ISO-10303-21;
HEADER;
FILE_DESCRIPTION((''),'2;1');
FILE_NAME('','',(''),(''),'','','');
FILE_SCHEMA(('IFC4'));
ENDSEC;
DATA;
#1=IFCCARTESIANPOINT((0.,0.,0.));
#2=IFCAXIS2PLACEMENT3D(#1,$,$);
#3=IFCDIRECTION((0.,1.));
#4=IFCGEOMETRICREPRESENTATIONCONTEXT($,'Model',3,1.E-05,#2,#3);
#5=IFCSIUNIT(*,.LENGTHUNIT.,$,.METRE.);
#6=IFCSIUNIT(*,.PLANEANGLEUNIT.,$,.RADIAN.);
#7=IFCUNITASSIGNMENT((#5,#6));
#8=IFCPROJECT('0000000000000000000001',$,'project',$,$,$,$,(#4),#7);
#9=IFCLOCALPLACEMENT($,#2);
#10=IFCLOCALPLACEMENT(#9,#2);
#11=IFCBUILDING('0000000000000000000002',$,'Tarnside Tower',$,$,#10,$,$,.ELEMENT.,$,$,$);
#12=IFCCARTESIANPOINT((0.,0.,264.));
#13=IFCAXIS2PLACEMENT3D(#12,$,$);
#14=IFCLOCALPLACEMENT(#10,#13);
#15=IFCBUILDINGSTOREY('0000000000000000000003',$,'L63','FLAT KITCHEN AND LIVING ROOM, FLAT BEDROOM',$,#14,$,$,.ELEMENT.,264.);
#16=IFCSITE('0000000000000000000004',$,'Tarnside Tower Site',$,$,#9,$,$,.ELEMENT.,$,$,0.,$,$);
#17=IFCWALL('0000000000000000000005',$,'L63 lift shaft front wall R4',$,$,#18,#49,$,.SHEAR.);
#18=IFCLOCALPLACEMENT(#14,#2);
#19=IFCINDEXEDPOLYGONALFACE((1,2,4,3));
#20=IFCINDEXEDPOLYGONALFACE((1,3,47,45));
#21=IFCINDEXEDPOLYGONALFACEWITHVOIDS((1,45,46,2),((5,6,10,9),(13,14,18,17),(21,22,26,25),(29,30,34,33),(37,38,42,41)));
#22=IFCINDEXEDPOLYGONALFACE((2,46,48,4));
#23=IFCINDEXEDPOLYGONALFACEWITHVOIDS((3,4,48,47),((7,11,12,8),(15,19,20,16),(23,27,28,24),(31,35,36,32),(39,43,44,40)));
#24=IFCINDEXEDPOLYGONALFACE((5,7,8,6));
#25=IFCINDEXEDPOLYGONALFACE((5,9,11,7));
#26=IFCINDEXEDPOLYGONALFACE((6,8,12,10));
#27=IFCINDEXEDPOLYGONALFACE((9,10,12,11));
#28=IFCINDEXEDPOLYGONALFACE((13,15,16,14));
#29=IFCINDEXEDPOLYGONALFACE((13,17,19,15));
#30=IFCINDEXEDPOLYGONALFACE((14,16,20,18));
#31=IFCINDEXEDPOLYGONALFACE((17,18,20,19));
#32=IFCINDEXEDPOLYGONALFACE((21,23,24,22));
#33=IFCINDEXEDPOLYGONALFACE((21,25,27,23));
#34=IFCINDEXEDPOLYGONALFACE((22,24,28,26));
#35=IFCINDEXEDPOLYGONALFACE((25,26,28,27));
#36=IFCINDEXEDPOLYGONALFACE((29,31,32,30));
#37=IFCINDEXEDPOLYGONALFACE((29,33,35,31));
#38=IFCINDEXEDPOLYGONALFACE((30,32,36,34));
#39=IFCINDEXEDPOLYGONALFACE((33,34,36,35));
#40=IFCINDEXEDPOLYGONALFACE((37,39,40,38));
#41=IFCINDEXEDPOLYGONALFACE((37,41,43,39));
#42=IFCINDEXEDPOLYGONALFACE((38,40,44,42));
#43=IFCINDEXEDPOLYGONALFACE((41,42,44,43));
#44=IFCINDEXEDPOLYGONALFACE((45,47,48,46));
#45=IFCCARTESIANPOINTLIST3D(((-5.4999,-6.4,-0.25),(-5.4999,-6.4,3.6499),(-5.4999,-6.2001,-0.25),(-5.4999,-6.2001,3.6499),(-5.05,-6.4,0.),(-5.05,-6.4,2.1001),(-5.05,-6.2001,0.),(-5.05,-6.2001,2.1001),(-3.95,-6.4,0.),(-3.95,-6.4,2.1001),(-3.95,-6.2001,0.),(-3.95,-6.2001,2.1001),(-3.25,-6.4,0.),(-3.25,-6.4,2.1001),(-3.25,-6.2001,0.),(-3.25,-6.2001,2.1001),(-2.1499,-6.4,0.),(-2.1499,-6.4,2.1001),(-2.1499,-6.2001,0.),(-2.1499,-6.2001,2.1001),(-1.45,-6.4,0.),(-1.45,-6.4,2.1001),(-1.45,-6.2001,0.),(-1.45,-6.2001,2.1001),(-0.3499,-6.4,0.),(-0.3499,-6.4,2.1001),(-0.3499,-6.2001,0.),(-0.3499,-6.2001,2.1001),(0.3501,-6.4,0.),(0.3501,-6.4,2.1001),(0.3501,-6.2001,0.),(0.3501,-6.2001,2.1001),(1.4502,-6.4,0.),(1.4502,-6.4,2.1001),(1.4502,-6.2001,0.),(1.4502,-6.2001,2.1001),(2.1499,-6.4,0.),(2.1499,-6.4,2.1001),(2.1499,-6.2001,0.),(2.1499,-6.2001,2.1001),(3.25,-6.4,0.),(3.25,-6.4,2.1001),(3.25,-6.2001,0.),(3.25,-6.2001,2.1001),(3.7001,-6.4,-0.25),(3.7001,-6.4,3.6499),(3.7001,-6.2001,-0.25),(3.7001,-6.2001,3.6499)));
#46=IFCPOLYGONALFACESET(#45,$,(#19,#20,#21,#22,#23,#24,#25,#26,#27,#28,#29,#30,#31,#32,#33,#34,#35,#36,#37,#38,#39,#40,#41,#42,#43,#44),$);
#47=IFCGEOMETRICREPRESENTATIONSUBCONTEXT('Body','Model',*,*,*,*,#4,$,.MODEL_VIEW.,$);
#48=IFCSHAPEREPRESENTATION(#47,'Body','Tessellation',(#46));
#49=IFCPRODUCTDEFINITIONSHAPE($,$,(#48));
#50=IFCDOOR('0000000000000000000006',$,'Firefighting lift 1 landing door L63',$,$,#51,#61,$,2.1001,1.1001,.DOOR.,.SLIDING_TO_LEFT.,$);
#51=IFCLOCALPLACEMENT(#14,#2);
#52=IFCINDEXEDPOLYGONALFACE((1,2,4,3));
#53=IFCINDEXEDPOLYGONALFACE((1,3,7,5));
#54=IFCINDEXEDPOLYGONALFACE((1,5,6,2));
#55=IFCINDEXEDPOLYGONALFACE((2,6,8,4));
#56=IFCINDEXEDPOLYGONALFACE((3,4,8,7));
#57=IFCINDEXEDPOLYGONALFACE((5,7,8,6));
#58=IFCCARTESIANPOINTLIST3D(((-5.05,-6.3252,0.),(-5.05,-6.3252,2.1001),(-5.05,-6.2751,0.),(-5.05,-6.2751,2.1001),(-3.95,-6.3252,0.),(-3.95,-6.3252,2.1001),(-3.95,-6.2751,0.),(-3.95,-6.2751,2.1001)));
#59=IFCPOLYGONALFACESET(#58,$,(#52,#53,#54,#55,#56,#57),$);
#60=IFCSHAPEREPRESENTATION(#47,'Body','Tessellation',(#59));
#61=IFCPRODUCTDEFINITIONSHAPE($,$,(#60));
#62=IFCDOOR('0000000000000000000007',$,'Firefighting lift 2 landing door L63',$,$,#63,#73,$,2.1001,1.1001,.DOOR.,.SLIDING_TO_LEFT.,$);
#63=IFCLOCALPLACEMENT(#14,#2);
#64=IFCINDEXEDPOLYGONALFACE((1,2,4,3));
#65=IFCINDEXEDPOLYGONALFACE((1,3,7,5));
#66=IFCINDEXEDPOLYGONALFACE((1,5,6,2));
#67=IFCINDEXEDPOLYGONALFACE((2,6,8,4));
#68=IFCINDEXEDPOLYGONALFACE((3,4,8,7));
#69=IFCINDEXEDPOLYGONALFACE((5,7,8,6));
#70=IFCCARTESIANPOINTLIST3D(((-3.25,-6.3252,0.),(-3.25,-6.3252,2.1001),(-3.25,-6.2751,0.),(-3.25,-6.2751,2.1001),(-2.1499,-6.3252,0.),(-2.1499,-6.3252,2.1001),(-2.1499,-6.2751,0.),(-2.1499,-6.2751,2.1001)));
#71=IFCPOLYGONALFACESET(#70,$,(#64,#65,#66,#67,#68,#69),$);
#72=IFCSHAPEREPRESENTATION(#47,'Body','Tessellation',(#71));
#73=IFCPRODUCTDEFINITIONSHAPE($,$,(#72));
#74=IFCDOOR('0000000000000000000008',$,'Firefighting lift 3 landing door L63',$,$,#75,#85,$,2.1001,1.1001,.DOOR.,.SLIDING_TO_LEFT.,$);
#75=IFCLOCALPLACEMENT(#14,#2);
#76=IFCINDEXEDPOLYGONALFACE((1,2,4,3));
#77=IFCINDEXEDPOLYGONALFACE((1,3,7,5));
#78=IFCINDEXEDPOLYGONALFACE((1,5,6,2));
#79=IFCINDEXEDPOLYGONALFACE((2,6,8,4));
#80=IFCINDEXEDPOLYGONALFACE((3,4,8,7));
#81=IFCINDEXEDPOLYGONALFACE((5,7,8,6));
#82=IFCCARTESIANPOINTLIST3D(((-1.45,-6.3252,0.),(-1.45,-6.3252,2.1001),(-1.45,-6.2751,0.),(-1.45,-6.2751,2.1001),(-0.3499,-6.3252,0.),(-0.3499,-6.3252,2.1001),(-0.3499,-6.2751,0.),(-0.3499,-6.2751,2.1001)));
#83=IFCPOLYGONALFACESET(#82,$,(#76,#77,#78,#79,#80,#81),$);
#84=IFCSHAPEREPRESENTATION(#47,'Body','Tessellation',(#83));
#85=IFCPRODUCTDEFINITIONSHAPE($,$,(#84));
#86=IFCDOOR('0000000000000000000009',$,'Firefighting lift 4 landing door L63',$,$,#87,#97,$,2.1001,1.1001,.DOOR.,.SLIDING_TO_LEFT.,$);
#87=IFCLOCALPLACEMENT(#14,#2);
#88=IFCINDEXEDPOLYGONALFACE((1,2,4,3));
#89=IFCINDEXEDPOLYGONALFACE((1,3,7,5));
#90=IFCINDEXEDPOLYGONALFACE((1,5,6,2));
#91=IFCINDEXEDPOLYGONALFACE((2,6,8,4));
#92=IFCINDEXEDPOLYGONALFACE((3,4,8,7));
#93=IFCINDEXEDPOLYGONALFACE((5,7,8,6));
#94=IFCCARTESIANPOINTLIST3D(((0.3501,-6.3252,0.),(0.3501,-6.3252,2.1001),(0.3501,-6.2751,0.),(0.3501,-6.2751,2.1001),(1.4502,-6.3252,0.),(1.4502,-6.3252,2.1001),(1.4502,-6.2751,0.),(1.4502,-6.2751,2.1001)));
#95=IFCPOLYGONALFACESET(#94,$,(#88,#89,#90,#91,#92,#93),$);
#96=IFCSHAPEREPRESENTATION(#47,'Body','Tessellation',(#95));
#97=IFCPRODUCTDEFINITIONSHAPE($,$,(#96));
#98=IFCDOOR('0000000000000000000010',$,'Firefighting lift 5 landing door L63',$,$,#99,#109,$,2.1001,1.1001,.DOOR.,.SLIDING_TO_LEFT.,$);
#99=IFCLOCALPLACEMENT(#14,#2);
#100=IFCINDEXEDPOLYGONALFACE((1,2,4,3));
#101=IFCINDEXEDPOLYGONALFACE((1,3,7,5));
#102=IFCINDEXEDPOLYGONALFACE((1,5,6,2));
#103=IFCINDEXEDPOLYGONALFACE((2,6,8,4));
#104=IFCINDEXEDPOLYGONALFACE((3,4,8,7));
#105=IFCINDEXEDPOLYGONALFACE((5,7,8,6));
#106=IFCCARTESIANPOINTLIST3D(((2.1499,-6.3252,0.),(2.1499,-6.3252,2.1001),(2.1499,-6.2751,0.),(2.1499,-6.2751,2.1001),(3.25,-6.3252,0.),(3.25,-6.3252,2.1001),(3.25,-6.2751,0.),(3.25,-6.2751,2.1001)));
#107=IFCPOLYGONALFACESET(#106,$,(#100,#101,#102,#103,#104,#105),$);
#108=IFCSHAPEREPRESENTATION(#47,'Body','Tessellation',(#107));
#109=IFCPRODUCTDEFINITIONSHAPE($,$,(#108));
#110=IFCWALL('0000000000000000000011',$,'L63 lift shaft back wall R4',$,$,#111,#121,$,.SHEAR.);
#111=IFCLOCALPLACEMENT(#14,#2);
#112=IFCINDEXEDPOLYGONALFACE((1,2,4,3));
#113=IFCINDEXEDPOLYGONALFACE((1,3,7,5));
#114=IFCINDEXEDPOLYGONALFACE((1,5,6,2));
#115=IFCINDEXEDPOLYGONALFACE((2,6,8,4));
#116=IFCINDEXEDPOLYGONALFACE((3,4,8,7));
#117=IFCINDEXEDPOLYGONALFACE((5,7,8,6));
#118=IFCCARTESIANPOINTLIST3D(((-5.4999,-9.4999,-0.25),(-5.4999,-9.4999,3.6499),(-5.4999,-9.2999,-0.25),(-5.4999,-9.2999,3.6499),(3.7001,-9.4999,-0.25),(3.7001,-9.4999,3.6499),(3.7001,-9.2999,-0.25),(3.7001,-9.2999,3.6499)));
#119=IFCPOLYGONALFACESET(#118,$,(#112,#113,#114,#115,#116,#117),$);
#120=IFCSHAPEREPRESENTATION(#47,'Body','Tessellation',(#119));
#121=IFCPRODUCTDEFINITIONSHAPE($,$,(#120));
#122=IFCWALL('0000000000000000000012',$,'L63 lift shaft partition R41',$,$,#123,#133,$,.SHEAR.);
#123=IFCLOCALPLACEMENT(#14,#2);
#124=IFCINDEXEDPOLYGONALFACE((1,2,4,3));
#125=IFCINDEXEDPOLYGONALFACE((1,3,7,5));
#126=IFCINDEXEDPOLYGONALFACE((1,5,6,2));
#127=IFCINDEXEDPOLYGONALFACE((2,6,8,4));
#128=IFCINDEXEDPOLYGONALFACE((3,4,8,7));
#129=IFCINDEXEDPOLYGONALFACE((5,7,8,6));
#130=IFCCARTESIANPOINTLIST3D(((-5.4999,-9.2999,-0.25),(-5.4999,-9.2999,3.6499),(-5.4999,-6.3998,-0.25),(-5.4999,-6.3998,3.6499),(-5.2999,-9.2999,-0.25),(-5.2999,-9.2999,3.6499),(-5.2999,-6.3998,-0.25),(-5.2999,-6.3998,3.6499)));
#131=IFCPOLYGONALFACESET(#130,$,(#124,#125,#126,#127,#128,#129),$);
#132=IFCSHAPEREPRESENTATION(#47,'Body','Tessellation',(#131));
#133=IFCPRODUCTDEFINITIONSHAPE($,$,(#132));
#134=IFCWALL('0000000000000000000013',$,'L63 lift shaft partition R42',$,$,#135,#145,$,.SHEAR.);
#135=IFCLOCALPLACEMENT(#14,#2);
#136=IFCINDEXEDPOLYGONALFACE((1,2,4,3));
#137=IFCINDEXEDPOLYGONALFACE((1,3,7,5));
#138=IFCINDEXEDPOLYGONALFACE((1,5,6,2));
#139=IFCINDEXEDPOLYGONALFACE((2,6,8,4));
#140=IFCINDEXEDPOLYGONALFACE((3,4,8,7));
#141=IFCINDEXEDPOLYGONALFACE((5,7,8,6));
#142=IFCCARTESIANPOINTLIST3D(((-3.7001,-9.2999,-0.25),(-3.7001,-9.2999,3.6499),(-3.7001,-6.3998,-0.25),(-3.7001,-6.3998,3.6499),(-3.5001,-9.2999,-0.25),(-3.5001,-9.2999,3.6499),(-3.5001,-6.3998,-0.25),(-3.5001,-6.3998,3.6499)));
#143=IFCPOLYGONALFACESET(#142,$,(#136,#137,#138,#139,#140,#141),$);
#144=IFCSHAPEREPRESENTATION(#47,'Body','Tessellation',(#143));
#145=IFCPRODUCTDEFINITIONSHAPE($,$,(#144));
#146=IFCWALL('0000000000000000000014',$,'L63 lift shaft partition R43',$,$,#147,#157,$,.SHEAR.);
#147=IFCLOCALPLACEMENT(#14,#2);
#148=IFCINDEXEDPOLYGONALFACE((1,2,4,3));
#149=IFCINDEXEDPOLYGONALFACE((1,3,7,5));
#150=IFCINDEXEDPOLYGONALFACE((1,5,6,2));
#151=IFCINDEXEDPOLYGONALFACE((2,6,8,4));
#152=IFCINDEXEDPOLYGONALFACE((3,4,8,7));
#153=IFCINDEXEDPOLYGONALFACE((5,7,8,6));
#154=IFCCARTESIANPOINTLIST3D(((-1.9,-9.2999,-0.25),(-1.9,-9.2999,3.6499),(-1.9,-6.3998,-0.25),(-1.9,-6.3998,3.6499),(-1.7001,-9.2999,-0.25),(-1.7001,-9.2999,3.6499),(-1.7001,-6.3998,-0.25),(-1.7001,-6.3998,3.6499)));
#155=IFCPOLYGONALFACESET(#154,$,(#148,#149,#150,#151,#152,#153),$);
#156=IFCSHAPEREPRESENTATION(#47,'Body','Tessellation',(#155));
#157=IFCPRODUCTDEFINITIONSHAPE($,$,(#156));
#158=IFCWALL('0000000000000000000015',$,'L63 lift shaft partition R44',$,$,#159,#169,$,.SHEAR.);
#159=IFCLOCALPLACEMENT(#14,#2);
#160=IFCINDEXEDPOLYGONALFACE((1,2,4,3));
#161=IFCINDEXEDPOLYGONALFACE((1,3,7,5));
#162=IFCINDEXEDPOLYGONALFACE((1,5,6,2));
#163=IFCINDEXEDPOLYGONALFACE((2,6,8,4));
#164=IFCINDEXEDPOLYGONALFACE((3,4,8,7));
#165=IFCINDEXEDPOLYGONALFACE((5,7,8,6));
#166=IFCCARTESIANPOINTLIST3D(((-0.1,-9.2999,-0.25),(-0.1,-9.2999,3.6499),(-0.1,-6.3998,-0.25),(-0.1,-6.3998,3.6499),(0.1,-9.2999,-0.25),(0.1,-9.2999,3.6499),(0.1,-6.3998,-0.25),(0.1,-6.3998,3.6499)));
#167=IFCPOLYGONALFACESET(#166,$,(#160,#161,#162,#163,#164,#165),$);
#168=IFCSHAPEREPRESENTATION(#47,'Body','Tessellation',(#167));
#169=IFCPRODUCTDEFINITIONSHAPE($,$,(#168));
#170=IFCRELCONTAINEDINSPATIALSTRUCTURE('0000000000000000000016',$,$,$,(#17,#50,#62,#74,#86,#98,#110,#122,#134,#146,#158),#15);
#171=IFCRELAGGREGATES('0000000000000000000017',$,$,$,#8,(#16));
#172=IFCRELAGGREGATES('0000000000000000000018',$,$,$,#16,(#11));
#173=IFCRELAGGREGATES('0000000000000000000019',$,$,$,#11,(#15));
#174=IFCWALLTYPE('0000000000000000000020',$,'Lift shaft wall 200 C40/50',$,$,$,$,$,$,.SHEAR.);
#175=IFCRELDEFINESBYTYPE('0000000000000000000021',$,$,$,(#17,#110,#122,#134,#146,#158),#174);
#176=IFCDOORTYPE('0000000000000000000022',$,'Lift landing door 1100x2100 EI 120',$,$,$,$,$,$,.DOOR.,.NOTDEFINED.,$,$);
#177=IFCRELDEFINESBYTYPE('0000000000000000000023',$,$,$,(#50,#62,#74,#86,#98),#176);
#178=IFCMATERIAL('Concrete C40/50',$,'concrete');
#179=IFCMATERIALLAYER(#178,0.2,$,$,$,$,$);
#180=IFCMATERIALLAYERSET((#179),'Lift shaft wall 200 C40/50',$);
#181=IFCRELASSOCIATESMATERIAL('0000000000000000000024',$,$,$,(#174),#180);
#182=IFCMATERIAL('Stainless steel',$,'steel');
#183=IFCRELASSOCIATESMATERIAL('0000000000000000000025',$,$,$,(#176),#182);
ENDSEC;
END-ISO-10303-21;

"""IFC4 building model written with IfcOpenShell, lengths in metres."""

from ifc_helpers import new_model, si_unit, direction, frame, frame_2d, origin, place, context, subcontext, project, spatial, rectangle, extrude, material, layer, layer_set, type_object, element, fill, save


model = new_model("IFC4")

# Units and contexts
model_context = context("Model", 3, precision=1e-05, world=origin(), true_north=direction((0.0, 1.0)))
body_context = subcontext(model_context, "Body", "Model", "MODEL_VIEW")
ifc_project = project(units=[si_unit("LENGTHUNIT", "METRE"), si_unit("PLANEANGLEUNIT", "RADIAN")], contexts=[model_context])

# Site, building, storey
site_placement = place(None, origin())
site = spatial("IfcSite", under=ifc_project, at=site_placement, Name="Tarnside Tower Site", CompositionType="ELEMENT", RefElevation=0.0)
building_placement = place(site_placement, origin())
building = spatial("IfcBuilding", under=site, at=building_placement, Name="Tarnside Tower", CompositionType="ELEMENT")
storey_placement = place(building_placement, frame((0.0, 0.0, 264.0)))
storey = spatial("IfcBuildingStorey", under=building, at=storey_placement, Name="L63", Description="FLAT KITCHEN AND LIVING ROOM, FLAT BEDROOM", CompositionType="ELEMENT", Elevation=264.0)

# Shared definitions
ifc_material_1 = material(Name="Concrete C40/50", Category="concrete")

# Wall, openings, doors
ifc_layer_1 = layer(ifc_material_1, 0.2)
ifc_layer_set_1 = layer_set([ifc_layer_1], Name="Lift shaft wall 200 C40/50")
wall_type_1 = type_object("IfcWallType", Name="Lift shaft wall 200 C40/50", PredefinedType="SHEAR", material=ifc_layer_set_1)
wall_1_placement = place(storey_placement, frame((-5.5, -6.3, -0.25), z_axis=(0.0, 0.0, 1.0), x_axis=(1.0, 0.0, 0.0)))
wall_1 = element("IfcWall", 1, at=wall_1_placement, inside=storey, type_object=wall_type_1, Name="L63 lift shaft front wall R4", PredefinedType="SHEAR", context=body_context, shape_type="SweptSolid", body=[
    extrude(rectangle(XDim=9.2, YDim=0.2, at=frame_2d((4.6001, 0.0))), origin(), (0.0, 0.0, 1.0), 3.8999),
])
opening_1_placement = place(wall_1_placement, frame((0.45, 0.0, 0.25)))
opening_1 = element("IfcOpeningElement", 2, at=opening_1_placement, cuts=wall_1, PredefinedType="OPENING", context=body_context, shape_type="SweptSolid", body=[
    extrude(rectangle(XDim=1.1001, YDim=2.1001, at=frame_2d((0.55, 1.05))), frame((0.0, 0.1099, 0.0), z_axis=(0.0, -1.0, 0.0), x_axis=(1.0, 0.0, 0.0)), (0.0, 0.0, 1.0), 0.22),
])
opening_2_placement = place(wall_1_placement, frame((2.25, 0.0, 0.25)))
opening_2 = element("IfcOpeningElement", 3, at=opening_2_placement, cuts=wall_1, PredefinedType="OPENING", context=body_context, shape_type="SweptSolid", body=[
    extrude(rectangle(XDim=1.1001, YDim=2.1001, at=frame_2d((0.55, 1.05))), frame((0.0, 0.1099, 0.0), z_axis=(0.0, -1.0, 0.0), x_axis=(1.0, 0.0, 0.0)), (0.0, 0.0, 1.0), 0.22),
])
opening_3_placement = place(wall_1_placement, frame((4.05, 0.0, 0.25)))
opening_3 = element("IfcOpeningElement", 4, at=opening_3_placement, cuts=wall_1, PredefinedType="OPENING", context=body_context, shape_type="SweptSolid", body=[
    extrude(rectangle(XDim=1.1001, YDim=2.1001, at=frame_2d((0.55, 1.05))), frame((0.0, 0.1099, 0.0), z_axis=(0.0, -1.0, 0.0), x_axis=(1.0, 0.0, 0.0)), (0.0, 0.0, 1.0), 0.22),
])
opening_4_placement = place(wall_1_placement, frame((5.8501, 0.0, 0.25)))
opening_4 = element("IfcOpeningElement", 5, at=opening_4_placement, cuts=wall_1, PredefinedType="OPENING", context=body_context, shape_type="SweptSolid", body=[
    extrude(rectangle(XDim=1.1001, YDim=2.1001, at=frame_2d((0.55, 1.05))), frame((0.0, 0.1099, 0.0), z_axis=(0.0, -1.0, 0.0), x_axis=(1.0, 0.0, 0.0)), (0.0, 0.0, 1.0), 0.22),
])
opening_5_placement = place(wall_1_placement, frame((7.6499, 0.0, 0.25)))
opening_5 = element("IfcOpeningElement", 6, at=opening_5_placement, cuts=wall_1, PredefinedType="OPENING", context=body_context, shape_type="SweptSolid", body=[
    extrude(rectangle(XDim=1.1001, YDim=2.1001, at=frame_2d((0.55, 1.05))), frame((0.0, 0.1099, 0.0), z_axis=(0.0, -1.0, 0.0), x_axis=(1.0, 0.0, 0.0)), (0.0, 0.0, 1.0), 0.22),
])
ifc_material_2 = material(Name="Stainless steel", Category="steel")
door_type_1 = type_object("IfcDoorType", Name="Lift landing door 1100x2100 EI 120", OperationType="NOTDEFINED", PredefinedType="DOOR", material=ifc_material_2)
door_1_placement = place(opening_1_placement, origin())
door_1 = element("IfcDoor", 7, at=door_1_placement, inside=storey, type_object=door_type_1, Name="Firefighting lift 1 landing door L63", OperationType="SLIDING_TO_LEFT", OverallHeight=2.1001, OverallWidth=1.1001, PredefinedType="DOOR", context=body_context, shape_type="SweptSolid", body=[
    extrude(rectangle(XDim=1.1001, YDim=2.1001, at=frame_2d((0.55, 1.05))), frame((0.0, 0.0249, 0.0), z_axis=(0.0, -1.0, 0.0), x_axis=(1.0, 0.0, 0.0)), (0.0, 0.0, 1.0), 0.05),
])
fill(opening_1, door_1)
door_2_placement = place(opening_2_placement, origin())
door_2 = element("IfcDoor", 8, at=door_2_placement, inside=storey, type_object=door_type_1, Name="Firefighting lift 2 landing door L63", OperationType="SLIDING_TO_LEFT", OverallHeight=2.1001, OverallWidth=1.1001, PredefinedType="DOOR", context=body_context, shape_type="SweptSolid", body=[
    extrude(rectangle(XDim=1.1001, YDim=2.1001, at=frame_2d((0.55, 1.05))), frame((0.0, 0.0249, 0.0), z_axis=(0.0, -1.0, 0.0), x_axis=(1.0, 0.0, 0.0)), (0.0, 0.0, 1.0), 0.05),
])
fill(opening_2, door_2)
door_3_placement = place(opening_3_placement, origin())
door_3 = element("IfcDoor", 9, at=door_3_placement, inside=storey, type_object=door_type_1, Name="Firefighting lift 3 landing door L63", OperationType="SLIDING_TO_LEFT", OverallHeight=2.1001, OverallWidth=1.1001, PredefinedType="DOOR", context=body_context, shape_type="SweptSolid", body=[
    extrude(rectangle(XDim=1.1001, YDim=2.1001, at=frame_2d((0.55, 1.05))), frame((0.0, 0.0249, 0.0), z_axis=(0.0, -1.0, 0.0), x_axis=(1.0, 0.0, 0.0)), (0.0, 0.0, 1.0), 0.05),
])
fill(opening_3, door_3)
door_4_placement = place(opening_4_placement, origin())
door_4 = element("IfcDoor", 10, at=door_4_placement, inside=storey, type_object=door_type_1, Name="Firefighting lift 4 landing door L63", OperationType="SLIDING_TO_LEFT", OverallHeight=2.1001, OverallWidth=1.1001, PredefinedType="DOOR", context=body_context, shape_type="SweptSolid", body=[
    extrude(rectangle(XDim=1.1001, YDim=2.1001, at=frame_2d((0.55, 1.05))), frame((0.0, 0.0249, 0.0), z_axis=(0.0, -1.0, 0.0), x_axis=(1.0, 0.0, 0.0)), (0.0, 0.0, 1.0), 0.05),
])
fill(opening_4, door_4)
door_5_placement = place(opening_5_placement, origin())
door_5 = element("IfcDoor", 11, at=door_5_placement, inside=storey, type_object=door_type_1, Name="Firefighting lift 5 landing door L63", OperationType="SLIDING_TO_LEFT", OverallHeight=2.1001, OverallWidth=1.1001, PredefinedType="DOOR", context=body_context, shape_type="SweptSolid", body=[
    extrude(rectangle(XDim=1.1001, YDim=2.1001, at=frame_2d((0.55, 1.05))), frame((0.0, 0.0249, 0.0), z_axis=(0.0, -1.0, 0.0), x_axis=(1.0, 0.0, 0.0)), (0.0, 0.0, 1.0), 0.05),
])
fill(opening_5, door_5)

# Walls
wall_2_placement = place(storey_placement, frame((-5.5, -9.3999, -0.25), z_axis=(0.0, 0.0, 1.0), x_axis=(1.0, 0.0, 0.0)))
element("IfcWall", 12, at=wall_2_placement, inside=storey, type_object=wall_type_1, Name="L63 lift shaft back wall R4", PredefinedType="SHEAR", context=body_context, shape_type="SweptSolid", body=[
    extrude(rectangle(XDim=9.2, YDim=0.2, at=frame_2d((4.6001, 0.0))), origin(), (0.0, 0.0, 1.0), 3.8999),
])
for number, where, z_axis, x_axis, name in (
    (13, (-5.3999, -9.3, -0.25), (0.0, 0.0, 1.0), (0.0, 1.0, 0.0), "L63 lift shaft partition R41"),
    (14, (-3.6001, -9.3, -0.25), (0.0, 0.0, 1.0), (0.0, 1.0, 0.0), "L63 lift shaft partition R42"),
    (15, (-1.8, -9.3, -0.25), (0.0, 0.0, 1.0), (0.0, 1.0, 0.0), "L63 lift shaft partition R43"),
    (16, (0.0, -9.3, -0.25), (0.0, 0.0, 1.0), (0.0, 1.0, 0.0), "L63 lift shaft partition R44"),
):
    element("IfcWall", number, at=place(storey_placement, frame(where, z_axis=z_axis, x_axis=x_axis)), inside=storey, type_object=wall_type_1, Name=name, PredefinedType="SHEAR", context=body_context, shape_type="SweptSolid", body=[
        extrude(rectangle(XDim=2.9001, YDim=0.2, at=frame_2d((1.4502, 0.0))), origin(), (0.0, 0.0, 1.0), 3.8999),
    ])

save(model, "model.ifc")
